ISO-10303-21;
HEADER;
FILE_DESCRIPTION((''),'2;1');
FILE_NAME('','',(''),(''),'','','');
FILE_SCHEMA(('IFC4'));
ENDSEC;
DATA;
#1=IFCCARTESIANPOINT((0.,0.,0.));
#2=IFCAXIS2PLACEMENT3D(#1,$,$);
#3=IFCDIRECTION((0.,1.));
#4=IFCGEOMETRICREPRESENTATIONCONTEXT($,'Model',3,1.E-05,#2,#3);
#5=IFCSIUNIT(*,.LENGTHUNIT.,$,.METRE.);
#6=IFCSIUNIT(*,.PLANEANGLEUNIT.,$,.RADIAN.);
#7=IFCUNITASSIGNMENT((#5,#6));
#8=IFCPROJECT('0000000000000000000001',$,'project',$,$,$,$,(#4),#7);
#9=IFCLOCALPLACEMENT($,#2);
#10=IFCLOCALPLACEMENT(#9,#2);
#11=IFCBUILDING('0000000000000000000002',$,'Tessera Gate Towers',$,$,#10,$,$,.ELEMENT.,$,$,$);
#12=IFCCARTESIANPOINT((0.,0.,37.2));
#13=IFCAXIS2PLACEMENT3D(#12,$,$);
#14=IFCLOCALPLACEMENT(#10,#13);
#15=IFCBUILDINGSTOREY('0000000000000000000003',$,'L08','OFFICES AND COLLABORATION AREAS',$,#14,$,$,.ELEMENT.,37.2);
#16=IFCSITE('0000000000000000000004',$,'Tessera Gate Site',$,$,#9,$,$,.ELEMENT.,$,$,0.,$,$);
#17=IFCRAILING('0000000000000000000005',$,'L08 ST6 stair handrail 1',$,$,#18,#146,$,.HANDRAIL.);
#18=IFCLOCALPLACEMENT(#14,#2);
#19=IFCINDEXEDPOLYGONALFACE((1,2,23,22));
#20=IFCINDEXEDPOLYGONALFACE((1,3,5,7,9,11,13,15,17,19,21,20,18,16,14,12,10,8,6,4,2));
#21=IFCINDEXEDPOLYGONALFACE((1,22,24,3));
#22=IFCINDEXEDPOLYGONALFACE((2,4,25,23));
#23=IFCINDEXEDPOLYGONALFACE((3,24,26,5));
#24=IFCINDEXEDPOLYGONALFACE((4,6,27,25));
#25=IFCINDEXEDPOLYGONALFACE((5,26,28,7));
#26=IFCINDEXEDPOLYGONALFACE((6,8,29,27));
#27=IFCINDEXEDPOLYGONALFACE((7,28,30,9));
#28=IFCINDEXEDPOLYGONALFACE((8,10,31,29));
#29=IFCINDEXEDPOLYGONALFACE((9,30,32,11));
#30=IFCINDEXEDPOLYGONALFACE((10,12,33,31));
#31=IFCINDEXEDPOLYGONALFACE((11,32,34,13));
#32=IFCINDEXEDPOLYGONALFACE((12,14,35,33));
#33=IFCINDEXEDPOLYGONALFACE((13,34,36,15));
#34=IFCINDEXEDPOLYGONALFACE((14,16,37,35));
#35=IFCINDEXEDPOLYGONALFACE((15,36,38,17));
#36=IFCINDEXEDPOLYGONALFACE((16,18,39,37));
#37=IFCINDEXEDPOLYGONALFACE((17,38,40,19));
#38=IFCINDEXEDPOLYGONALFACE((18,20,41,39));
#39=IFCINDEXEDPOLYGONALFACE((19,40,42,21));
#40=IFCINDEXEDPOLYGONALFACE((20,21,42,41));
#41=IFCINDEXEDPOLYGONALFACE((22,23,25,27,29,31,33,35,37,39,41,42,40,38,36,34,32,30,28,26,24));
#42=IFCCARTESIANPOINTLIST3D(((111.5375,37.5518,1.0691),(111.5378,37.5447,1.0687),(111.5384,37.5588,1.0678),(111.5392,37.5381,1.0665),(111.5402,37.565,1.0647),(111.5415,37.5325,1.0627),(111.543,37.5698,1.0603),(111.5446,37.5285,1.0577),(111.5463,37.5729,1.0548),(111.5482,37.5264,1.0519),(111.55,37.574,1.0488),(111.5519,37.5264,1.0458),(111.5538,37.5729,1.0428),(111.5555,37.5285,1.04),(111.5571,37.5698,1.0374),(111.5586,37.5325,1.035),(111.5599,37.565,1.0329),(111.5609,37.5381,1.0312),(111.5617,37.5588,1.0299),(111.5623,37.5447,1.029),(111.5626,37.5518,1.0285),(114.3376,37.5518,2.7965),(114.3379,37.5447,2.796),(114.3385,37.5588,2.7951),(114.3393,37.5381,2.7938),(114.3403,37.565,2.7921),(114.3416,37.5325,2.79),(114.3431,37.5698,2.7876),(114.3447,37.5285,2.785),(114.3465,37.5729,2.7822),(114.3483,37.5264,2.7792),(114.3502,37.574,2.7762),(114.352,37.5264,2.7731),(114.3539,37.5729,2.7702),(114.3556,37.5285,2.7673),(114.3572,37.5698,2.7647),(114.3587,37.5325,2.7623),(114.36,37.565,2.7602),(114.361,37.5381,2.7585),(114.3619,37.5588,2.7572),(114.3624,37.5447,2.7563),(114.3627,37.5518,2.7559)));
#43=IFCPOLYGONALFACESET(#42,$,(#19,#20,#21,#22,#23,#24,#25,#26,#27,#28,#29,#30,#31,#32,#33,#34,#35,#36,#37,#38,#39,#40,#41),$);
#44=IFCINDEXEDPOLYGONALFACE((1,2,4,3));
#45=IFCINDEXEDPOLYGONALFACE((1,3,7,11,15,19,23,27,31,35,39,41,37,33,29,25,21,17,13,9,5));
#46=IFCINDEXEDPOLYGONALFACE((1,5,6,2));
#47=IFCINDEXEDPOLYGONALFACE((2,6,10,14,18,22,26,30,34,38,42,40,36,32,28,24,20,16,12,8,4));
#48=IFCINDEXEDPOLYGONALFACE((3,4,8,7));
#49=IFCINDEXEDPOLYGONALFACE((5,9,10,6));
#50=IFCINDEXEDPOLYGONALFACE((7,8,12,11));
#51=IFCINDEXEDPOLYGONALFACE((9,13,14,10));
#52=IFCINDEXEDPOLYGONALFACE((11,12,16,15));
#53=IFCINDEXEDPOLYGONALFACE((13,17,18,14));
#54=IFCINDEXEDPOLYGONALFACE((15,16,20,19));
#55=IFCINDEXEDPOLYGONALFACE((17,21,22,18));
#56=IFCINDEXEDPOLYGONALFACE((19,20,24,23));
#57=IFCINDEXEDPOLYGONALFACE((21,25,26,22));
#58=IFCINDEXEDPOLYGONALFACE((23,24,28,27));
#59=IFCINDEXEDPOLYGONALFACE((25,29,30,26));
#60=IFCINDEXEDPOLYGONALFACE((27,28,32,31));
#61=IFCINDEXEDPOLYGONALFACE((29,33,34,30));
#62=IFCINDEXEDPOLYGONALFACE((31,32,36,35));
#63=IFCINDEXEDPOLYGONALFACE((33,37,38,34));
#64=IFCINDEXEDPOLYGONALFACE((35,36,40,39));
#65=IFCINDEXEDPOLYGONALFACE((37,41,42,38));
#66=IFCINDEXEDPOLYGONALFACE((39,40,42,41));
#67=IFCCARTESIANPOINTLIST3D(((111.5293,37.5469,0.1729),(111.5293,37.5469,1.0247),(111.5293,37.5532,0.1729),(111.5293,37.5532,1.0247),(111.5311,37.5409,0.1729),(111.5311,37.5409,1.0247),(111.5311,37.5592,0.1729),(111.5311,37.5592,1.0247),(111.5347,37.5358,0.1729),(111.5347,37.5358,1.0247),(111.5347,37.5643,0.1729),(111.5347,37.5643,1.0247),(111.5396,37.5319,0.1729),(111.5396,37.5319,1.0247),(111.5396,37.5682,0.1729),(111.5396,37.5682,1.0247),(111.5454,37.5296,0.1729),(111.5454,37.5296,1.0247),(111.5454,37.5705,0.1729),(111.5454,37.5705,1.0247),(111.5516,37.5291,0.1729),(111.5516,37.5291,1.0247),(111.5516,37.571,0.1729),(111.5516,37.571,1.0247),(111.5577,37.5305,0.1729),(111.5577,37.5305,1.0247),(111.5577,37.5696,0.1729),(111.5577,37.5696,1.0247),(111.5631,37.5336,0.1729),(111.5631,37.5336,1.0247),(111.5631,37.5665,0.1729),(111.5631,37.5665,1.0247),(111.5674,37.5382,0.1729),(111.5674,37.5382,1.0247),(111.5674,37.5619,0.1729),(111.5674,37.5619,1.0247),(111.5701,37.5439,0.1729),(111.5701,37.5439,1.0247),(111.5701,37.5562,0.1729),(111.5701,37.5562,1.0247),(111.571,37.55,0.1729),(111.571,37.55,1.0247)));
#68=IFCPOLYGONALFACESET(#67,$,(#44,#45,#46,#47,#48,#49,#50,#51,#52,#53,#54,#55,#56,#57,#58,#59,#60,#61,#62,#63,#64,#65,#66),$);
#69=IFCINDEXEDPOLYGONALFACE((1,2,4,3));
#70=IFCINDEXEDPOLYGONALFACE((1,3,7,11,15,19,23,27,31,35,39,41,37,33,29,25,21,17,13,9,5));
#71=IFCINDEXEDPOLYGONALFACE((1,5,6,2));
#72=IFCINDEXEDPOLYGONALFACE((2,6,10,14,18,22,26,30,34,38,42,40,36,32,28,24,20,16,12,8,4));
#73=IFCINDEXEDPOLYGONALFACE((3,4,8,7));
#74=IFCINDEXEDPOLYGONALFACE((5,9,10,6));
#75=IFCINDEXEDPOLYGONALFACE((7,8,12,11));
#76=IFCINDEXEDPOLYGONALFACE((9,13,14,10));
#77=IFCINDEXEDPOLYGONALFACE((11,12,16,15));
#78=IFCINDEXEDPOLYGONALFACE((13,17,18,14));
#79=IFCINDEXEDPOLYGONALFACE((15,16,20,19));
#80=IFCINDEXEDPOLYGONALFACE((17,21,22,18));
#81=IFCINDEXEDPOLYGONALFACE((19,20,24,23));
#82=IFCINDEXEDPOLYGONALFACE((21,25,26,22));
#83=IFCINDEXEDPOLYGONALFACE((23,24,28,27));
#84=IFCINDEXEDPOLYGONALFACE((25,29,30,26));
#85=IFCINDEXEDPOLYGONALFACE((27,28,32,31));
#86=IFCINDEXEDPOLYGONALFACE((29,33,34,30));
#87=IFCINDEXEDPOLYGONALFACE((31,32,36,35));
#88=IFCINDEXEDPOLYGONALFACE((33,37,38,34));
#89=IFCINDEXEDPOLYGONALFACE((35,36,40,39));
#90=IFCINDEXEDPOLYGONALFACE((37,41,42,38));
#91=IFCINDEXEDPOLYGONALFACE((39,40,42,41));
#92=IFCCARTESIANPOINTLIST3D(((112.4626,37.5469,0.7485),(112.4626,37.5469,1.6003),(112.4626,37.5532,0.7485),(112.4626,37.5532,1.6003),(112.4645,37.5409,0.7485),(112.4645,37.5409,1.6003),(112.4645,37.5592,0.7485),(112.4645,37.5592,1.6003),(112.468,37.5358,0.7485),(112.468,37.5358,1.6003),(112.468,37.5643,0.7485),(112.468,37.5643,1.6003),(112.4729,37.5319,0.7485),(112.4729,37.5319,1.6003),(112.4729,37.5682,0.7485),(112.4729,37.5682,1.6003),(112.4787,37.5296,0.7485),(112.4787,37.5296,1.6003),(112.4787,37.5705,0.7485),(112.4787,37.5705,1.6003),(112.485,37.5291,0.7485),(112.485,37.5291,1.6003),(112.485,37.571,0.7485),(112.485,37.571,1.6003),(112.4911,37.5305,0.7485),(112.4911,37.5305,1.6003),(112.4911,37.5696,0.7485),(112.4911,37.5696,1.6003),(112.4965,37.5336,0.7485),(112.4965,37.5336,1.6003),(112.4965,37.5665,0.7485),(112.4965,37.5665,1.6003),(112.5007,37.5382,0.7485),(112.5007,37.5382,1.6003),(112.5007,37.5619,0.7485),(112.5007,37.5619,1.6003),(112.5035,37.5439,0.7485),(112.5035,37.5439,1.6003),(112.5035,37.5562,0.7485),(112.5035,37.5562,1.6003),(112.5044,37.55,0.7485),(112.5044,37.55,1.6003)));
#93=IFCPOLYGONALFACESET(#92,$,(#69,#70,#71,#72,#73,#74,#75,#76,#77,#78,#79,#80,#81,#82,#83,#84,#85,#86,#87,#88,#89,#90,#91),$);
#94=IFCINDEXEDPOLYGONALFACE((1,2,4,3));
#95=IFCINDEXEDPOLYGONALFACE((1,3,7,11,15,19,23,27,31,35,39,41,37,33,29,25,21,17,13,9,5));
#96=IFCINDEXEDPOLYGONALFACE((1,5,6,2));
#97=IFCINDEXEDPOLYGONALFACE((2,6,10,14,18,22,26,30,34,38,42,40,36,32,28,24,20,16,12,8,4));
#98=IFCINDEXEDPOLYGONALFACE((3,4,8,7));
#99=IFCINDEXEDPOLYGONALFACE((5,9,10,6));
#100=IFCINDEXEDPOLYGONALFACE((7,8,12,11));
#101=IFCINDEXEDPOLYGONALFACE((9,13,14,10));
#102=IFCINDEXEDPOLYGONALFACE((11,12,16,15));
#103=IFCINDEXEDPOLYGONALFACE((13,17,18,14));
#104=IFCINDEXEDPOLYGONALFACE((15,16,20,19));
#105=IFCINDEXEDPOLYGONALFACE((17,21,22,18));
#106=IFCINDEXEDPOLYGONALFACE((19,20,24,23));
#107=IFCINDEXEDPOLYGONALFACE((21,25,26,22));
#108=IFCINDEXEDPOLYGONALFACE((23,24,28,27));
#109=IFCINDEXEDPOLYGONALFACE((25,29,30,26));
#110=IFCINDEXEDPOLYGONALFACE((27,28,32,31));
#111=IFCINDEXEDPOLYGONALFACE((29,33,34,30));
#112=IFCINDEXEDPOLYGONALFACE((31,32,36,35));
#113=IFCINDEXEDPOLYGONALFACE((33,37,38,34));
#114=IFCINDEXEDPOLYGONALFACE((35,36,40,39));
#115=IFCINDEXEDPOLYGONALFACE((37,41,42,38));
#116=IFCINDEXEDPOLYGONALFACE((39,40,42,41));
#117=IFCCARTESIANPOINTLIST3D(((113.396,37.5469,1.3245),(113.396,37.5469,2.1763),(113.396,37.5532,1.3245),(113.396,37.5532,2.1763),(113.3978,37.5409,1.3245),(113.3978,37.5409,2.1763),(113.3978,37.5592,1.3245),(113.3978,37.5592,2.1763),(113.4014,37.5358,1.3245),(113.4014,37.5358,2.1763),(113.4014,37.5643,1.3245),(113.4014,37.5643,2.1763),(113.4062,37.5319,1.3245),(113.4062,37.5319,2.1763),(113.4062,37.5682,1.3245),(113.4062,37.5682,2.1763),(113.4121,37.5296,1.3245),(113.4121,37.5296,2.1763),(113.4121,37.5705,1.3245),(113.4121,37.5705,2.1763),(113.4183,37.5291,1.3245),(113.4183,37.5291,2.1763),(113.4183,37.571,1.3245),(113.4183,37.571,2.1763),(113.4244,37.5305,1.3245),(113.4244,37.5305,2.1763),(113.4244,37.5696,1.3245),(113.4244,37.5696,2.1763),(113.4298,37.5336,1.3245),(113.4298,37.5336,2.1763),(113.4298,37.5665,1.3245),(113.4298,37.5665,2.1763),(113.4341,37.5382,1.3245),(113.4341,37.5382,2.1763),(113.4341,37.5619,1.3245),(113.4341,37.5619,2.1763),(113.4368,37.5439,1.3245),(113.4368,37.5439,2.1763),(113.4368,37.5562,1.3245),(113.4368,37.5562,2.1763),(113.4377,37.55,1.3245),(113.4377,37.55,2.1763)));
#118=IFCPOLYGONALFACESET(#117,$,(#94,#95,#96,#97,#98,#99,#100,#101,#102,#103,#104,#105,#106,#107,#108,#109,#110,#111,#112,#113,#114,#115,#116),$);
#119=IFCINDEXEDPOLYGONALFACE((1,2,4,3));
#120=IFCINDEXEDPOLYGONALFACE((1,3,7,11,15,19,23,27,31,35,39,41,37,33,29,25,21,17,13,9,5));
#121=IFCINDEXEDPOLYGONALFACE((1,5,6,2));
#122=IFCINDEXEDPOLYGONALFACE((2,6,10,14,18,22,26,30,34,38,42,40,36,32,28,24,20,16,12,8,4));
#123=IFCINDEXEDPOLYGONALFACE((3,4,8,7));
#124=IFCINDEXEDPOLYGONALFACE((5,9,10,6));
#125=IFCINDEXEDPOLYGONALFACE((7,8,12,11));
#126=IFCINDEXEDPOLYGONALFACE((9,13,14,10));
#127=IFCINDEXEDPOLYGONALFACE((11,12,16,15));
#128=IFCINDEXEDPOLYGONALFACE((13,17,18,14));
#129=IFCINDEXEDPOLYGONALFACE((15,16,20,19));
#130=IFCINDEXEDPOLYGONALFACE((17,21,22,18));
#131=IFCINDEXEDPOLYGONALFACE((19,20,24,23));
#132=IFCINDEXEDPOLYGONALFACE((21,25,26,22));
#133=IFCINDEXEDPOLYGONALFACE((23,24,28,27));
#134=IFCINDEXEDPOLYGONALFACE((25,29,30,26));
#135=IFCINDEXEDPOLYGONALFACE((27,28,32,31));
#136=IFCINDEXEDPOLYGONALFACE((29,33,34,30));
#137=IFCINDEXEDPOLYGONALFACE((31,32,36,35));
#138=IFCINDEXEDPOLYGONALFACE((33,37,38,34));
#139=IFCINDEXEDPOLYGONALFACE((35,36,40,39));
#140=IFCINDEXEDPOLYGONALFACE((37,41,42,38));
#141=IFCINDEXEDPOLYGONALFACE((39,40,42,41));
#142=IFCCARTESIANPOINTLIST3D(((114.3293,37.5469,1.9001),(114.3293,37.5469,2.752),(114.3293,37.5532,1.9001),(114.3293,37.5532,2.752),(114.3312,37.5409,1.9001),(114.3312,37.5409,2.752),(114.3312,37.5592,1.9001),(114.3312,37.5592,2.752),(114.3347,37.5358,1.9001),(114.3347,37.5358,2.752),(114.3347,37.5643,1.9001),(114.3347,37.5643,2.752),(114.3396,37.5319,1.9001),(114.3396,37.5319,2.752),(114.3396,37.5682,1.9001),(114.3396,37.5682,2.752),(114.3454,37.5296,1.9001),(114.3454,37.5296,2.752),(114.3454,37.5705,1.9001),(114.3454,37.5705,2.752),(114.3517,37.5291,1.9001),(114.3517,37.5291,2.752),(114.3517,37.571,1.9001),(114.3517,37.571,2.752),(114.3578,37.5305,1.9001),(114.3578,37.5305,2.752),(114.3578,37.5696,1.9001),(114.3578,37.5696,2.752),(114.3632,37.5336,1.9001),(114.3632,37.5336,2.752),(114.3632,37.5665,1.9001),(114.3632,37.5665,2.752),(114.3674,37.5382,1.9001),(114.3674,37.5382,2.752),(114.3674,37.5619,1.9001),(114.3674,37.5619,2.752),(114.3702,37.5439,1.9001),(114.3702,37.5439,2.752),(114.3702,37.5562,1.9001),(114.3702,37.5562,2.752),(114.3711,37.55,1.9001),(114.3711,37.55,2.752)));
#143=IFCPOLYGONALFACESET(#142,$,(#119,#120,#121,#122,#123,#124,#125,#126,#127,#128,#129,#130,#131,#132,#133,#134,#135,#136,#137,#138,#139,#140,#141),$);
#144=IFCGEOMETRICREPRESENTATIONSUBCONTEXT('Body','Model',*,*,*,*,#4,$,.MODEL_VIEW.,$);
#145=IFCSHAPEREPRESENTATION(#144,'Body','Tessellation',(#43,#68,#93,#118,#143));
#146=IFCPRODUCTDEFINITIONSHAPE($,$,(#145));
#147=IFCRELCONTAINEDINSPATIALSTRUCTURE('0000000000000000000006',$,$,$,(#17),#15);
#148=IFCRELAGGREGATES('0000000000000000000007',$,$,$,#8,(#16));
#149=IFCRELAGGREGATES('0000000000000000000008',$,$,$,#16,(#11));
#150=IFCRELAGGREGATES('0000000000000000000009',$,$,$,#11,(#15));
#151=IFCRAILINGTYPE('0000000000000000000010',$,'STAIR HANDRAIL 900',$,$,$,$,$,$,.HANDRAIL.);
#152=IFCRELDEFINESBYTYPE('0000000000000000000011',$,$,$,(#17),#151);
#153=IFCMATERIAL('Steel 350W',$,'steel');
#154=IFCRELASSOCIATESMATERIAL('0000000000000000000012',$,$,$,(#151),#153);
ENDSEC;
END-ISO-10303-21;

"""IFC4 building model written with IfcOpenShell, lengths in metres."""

from ifc_helpers import new_model, si_unit, direction, frame, origin, origin_2d, place, context, subcontext, project, spatial, circle, extrude, material, type_object, element, save


model = new_model("IFC4")

# Units and contexts
model_context = context("Model", 3, precision=1e-05, world=origin(), true_north=direction((0.0, 1.0)))
body_context = subcontext(model_context, "Body", "Model", "MODEL_VIEW")
ifc_project = project(units=[si_unit("LENGTHUNIT", "METRE"), si_unit("PLANEANGLEUNIT", "RADIAN")], contexts=[model_context])

# Site, building, storey
site_placement = place(None, origin())
site = spatial("IfcSite", under=ifc_project, at=site_placement, Name="Tessera Gate Site", CompositionType="ELEMENT", RefElevation=0.0)
building_placement = place(site_placement, origin())
building = spatial("IfcBuilding", under=site, at=building_placement, Name="Tessera Gate Towers", CompositionType="ELEMENT")
storey_placement = place(building_placement, frame((0.0, 0.0, 37.2)))
storey = spatial("IfcBuildingStorey", under=building, at=storey_placement, Name="L08", Description="OFFICES AND COLLABORATION AREAS", CompositionType="ELEMENT", Elevation=37.2)

# Railing
ifc_material_1 = material(Name="Steel 350W", Category="steel")
railing_type_1 = type_object("IfcRailingType", Name="STAIR HANDRAIL 900", PredefinedType="HANDRAIL", material=ifc_material_1)
railing_1_placement = place(storey_placement, frame((111.55, 37.55, 0.1729)))
element("IfcRailing", 1, at=railing_1_placement, inside=storey, type_object=railing_type_1, Name="L08 ST6 stair handrail 1", PredefinedType="HANDRAIL", context=body_context, shape_type="SweptSolid", body=[
    extrude(circle(Radius=0.0239, at=origin_2d()), frame((0.0, 0.0, 0.876), z_axis=(0.85109, 0.0, 0.52502), x_axis=(0.0, 1.0, 0.0)), (0.0, 0.0, 1.0), 3.29),
    extrude(circle(Radius=0.021, at=origin_2d()), origin(), (0.0, 0.0, 1.0), 0.8518),
    extrude(circle(Radius=0.021, at=origin_2d()), frame((0.9333, 0.0, 0.5757)), (0.0, 0.0, 1.0), 0.8518),
    extrude(circle(Radius=0.021, at=origin_2d()), frame((1.8667, 0.0, 1.1516)), (0.0, 0.0, 1.0), 0.8518),
    extrude(circle(Radius=0.021, at=origin_2d()), frame((2.8, 0.0, 1.7273)), (0.0, 0.0, 1.0), 0.8518),
])

save(model, "model.ifc")
